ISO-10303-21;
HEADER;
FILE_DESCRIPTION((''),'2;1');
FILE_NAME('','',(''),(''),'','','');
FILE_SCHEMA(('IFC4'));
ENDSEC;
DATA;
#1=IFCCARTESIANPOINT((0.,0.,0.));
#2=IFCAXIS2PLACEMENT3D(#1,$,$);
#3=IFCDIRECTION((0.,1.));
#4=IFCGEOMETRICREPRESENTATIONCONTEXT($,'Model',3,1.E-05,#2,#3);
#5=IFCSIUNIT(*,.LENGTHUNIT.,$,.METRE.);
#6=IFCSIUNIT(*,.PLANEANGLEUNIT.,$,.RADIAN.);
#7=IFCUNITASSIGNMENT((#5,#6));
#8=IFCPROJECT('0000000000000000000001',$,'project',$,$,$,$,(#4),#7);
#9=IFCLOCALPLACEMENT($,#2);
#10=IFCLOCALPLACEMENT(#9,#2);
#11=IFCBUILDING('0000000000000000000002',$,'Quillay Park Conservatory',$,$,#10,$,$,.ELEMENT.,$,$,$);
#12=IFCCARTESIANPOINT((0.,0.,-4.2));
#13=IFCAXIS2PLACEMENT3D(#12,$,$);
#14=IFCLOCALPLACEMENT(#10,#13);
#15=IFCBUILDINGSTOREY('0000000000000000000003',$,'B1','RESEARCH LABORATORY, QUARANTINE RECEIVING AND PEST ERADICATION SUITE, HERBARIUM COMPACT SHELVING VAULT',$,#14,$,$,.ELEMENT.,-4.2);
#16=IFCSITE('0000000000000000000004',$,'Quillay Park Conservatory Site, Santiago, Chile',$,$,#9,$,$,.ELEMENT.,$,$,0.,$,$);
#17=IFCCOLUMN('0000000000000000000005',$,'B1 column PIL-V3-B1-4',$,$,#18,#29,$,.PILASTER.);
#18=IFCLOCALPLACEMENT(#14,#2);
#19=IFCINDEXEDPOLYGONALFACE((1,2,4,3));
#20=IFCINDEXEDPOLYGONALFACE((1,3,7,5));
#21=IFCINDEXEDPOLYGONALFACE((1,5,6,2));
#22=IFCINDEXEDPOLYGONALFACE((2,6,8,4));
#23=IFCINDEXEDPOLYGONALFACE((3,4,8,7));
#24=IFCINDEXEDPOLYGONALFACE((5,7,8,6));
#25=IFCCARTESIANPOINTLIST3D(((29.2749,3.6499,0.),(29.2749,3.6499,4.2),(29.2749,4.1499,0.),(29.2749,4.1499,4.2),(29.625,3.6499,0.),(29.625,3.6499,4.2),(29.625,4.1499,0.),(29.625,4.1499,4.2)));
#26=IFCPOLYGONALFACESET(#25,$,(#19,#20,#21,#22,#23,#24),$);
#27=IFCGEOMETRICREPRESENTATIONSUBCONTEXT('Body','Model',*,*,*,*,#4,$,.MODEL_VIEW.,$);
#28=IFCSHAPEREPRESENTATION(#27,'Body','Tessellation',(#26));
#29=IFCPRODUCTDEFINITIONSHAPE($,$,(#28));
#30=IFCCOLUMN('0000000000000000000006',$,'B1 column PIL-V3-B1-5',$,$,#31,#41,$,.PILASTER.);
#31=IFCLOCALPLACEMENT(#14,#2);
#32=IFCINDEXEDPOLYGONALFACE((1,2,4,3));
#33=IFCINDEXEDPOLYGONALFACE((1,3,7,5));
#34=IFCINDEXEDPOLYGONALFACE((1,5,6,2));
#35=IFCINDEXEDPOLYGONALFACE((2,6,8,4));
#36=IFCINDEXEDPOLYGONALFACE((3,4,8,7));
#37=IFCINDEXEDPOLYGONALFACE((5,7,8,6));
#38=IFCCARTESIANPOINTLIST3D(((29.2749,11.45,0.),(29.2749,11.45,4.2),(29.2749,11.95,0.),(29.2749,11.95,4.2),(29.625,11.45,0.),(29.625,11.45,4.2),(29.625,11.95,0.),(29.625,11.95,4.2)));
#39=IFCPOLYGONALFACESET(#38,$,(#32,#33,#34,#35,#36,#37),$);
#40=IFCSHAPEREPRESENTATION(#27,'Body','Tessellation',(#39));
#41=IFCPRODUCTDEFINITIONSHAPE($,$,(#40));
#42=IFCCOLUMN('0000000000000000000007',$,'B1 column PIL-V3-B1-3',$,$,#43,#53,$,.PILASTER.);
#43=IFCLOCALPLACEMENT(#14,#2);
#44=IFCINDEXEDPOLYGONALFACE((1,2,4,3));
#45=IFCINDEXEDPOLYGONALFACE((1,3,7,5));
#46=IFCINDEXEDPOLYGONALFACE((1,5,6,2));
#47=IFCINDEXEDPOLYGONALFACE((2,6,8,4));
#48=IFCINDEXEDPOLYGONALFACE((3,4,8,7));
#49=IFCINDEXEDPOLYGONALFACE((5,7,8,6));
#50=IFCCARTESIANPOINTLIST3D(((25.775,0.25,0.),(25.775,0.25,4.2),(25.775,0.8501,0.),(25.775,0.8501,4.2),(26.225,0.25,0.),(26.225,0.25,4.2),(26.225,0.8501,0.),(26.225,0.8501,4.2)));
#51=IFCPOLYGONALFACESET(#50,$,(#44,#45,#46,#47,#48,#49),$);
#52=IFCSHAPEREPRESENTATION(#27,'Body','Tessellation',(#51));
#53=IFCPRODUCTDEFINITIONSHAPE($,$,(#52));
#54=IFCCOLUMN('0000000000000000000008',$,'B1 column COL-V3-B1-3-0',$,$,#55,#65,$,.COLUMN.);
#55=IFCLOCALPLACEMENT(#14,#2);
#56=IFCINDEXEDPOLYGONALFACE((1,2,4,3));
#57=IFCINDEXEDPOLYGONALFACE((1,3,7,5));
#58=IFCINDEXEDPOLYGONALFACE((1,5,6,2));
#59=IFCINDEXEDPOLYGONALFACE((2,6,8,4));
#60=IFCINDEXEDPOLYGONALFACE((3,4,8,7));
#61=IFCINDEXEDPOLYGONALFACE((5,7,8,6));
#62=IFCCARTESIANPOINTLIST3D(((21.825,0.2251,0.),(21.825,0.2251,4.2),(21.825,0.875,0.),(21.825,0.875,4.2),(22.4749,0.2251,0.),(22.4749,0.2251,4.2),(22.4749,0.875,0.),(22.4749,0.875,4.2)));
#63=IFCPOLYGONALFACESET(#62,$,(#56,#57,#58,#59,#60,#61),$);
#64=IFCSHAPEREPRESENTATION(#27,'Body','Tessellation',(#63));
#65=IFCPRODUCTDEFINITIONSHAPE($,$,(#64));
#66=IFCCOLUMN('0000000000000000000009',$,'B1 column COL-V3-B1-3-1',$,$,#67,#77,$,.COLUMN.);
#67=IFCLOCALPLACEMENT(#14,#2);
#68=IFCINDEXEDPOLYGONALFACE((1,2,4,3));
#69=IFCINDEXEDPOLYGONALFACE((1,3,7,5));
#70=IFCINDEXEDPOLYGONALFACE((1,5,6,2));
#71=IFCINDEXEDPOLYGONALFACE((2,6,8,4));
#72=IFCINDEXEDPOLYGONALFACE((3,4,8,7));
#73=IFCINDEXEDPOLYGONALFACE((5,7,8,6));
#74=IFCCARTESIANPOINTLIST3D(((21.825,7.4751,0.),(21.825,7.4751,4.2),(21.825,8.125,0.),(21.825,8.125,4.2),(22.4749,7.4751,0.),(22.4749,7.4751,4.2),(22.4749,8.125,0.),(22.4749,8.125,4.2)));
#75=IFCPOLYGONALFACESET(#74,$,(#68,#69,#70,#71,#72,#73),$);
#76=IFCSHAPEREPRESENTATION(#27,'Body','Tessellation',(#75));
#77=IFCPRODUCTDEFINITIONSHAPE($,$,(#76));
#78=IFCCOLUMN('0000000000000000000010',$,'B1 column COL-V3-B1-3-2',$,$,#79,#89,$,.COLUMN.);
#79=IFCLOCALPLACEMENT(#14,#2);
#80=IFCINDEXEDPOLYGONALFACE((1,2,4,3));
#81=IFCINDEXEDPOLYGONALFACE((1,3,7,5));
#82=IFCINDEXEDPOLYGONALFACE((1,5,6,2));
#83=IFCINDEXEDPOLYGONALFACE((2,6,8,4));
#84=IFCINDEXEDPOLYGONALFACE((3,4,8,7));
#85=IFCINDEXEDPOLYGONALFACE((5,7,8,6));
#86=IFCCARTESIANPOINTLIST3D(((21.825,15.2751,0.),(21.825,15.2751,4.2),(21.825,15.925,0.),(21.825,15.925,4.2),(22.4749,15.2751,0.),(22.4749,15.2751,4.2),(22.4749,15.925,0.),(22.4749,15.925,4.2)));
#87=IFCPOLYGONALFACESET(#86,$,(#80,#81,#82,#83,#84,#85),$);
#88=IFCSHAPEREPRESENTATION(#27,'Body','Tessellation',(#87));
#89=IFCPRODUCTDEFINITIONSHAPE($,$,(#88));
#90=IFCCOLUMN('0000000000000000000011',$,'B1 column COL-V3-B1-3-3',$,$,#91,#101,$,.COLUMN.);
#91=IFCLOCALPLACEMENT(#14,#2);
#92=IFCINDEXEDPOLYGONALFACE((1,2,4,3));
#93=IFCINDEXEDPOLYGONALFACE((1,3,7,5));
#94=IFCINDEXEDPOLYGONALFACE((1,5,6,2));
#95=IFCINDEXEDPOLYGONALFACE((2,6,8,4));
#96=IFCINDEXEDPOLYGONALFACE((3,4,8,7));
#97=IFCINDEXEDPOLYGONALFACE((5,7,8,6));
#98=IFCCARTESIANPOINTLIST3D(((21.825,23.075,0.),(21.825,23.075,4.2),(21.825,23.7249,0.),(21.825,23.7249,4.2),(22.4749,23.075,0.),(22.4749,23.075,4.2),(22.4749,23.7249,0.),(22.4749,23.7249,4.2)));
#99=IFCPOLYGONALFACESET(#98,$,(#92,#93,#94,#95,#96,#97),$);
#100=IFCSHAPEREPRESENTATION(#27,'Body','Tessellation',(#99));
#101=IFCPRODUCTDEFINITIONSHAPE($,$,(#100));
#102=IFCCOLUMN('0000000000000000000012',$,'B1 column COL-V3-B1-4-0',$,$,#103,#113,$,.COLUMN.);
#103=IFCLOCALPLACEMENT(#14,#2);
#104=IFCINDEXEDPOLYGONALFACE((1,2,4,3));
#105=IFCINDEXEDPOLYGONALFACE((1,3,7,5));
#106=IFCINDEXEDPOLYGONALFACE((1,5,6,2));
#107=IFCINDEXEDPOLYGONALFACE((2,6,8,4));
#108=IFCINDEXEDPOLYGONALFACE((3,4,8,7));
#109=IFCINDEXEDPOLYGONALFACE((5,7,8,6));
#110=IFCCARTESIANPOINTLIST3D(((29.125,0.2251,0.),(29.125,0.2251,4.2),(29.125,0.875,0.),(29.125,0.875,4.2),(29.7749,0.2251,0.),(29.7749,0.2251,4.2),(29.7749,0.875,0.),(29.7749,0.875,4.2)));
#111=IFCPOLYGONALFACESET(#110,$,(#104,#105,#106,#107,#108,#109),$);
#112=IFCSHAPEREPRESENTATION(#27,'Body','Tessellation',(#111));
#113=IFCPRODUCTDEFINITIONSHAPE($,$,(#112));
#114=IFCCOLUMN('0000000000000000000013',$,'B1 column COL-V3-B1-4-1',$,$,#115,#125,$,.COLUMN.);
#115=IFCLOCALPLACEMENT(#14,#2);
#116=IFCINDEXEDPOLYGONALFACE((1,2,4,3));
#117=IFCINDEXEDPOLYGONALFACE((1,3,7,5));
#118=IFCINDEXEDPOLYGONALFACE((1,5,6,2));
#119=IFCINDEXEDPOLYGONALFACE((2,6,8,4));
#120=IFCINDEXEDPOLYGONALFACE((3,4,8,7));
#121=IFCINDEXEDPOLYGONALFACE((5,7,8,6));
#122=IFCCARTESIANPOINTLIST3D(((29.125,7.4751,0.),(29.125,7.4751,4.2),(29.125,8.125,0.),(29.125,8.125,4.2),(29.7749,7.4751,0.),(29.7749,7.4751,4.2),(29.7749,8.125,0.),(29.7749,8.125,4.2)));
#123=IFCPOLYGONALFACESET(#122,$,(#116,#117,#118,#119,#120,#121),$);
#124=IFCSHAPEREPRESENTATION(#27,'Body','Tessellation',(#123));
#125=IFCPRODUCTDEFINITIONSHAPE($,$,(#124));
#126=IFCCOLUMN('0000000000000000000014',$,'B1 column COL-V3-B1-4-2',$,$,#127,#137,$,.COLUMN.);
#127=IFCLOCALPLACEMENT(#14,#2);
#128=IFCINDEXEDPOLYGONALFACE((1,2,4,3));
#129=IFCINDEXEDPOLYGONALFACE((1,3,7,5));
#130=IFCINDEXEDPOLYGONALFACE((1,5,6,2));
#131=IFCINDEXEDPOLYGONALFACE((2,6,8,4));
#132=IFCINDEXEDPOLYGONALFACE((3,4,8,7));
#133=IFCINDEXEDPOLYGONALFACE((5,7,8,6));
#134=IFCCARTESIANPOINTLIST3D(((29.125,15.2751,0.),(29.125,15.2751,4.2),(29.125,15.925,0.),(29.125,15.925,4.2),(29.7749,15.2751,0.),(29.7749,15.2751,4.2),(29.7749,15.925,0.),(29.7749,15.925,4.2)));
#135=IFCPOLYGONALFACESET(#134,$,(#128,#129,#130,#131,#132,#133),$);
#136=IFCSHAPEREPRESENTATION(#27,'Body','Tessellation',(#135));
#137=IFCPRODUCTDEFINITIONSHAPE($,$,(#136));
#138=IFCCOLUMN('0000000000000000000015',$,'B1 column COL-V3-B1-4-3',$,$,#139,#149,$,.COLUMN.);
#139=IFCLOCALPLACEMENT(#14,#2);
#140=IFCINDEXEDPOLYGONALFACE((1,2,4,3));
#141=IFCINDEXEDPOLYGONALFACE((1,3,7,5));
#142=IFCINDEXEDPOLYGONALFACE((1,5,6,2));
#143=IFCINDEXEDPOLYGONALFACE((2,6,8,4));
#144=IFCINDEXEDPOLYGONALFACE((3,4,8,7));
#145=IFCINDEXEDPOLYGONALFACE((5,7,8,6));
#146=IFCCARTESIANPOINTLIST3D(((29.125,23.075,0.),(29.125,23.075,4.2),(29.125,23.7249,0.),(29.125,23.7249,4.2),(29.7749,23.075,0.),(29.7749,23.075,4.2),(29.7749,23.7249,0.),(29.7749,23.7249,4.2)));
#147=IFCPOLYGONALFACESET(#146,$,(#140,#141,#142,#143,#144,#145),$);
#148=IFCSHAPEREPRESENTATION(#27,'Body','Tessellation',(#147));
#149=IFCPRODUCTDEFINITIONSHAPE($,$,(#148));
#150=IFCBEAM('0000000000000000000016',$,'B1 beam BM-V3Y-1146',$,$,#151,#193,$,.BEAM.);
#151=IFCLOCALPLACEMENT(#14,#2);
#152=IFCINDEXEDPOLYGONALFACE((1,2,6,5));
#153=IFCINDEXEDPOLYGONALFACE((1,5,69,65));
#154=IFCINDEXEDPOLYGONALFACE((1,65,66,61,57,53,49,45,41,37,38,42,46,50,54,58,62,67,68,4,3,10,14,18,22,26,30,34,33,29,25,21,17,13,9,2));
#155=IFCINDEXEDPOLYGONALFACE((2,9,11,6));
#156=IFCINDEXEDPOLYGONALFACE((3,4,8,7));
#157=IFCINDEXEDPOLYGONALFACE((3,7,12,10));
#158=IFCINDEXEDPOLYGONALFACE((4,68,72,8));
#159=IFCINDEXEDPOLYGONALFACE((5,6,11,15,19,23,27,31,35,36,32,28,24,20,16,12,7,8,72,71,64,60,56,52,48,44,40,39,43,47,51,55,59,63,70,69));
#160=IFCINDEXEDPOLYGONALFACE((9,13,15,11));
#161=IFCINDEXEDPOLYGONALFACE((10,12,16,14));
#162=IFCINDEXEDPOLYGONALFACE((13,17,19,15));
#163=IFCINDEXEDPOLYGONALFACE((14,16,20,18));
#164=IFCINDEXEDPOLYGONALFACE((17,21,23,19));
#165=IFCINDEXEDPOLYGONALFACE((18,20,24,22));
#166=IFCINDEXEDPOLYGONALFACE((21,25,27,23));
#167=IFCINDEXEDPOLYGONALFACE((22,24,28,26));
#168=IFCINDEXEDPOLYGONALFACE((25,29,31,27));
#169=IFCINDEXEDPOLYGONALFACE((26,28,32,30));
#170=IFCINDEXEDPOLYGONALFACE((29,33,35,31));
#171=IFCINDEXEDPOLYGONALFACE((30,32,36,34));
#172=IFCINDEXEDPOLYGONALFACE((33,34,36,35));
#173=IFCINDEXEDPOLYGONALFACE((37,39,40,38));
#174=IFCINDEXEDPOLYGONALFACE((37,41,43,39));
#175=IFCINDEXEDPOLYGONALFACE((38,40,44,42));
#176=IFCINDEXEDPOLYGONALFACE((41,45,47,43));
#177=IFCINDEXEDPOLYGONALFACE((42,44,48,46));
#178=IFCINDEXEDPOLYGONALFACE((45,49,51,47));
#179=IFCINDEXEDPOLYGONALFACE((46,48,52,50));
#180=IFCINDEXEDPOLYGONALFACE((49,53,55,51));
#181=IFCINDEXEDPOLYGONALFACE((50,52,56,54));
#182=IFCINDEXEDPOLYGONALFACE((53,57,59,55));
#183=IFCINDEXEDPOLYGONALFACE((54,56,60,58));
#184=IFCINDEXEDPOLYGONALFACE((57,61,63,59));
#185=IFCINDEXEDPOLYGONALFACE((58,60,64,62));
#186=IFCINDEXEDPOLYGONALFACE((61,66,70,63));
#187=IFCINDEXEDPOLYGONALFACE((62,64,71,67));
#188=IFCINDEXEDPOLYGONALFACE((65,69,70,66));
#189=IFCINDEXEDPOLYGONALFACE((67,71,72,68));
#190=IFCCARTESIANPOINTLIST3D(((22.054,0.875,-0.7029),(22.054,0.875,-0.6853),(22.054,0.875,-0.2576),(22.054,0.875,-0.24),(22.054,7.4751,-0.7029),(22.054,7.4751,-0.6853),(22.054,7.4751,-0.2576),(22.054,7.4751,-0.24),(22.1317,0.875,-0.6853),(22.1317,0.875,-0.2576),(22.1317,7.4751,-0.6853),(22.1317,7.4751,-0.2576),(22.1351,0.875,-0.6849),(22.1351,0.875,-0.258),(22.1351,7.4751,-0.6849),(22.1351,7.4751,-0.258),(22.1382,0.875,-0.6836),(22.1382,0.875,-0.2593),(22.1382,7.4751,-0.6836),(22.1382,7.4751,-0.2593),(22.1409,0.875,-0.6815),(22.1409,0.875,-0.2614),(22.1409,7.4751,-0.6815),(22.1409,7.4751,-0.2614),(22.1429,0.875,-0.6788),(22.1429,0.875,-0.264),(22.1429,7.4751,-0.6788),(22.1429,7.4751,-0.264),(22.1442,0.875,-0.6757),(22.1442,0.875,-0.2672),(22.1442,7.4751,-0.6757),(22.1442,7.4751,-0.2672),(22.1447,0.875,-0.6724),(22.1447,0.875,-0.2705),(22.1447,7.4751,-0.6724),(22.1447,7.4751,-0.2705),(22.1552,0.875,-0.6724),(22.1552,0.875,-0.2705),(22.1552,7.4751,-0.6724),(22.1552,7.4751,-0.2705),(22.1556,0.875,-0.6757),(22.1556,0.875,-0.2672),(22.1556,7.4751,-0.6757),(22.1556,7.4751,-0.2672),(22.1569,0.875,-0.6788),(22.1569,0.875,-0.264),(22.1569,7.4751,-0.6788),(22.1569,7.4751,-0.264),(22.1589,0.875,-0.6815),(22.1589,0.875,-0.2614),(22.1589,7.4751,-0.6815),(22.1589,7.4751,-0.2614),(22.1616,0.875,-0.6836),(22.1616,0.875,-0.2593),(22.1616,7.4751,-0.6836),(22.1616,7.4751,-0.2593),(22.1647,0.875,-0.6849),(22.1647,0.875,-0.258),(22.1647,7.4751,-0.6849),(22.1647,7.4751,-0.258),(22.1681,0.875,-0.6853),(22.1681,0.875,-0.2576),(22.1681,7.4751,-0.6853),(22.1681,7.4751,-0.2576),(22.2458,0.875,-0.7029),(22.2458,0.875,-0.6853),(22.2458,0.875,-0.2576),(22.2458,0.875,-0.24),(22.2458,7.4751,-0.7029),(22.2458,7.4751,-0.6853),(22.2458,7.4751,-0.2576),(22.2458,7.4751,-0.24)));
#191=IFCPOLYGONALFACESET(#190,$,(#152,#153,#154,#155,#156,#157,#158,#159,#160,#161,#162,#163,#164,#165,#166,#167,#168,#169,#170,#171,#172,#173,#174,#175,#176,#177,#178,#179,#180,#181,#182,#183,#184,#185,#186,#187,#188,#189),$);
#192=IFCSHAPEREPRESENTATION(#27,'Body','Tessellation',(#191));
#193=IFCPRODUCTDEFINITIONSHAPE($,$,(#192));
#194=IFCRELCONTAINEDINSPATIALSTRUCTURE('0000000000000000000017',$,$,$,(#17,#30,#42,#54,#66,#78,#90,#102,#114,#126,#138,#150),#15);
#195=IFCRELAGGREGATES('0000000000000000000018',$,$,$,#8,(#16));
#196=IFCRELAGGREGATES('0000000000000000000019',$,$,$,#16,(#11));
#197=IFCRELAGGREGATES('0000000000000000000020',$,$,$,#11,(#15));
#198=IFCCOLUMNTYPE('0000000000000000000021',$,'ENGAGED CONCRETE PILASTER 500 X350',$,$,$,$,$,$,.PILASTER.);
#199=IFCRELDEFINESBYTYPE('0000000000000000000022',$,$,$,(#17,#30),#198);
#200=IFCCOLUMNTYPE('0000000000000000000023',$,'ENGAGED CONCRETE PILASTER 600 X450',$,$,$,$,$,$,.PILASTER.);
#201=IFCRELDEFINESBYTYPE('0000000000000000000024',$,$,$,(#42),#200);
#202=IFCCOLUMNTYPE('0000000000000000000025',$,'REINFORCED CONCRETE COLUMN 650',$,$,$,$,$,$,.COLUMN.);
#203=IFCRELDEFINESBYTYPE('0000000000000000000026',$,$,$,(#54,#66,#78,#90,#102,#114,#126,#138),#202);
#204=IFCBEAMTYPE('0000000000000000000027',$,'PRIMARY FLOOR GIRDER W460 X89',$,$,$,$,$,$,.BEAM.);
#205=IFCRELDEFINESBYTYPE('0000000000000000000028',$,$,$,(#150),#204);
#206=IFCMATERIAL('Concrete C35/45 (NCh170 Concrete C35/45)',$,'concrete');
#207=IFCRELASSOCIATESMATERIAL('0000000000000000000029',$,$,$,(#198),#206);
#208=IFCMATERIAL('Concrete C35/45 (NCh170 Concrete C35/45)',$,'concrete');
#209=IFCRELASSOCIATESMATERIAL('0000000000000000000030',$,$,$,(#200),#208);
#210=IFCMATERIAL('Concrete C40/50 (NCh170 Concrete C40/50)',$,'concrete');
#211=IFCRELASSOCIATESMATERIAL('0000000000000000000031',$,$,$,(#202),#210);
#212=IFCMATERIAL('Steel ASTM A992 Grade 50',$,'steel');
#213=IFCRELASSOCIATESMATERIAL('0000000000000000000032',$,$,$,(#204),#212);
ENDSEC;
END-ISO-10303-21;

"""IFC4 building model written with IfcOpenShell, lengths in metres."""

from ifc_helpers import new_model, si_unit, direction, frame, origin, origin_2d, place, context, subcontext, project, spatial, rectangle, i_section, extrude, material, material_profile, profile_set, type_object, element, save


model = new_model("IFC4")

# Units and contexts
model_context = context("Model", 3, precision=1e-05, world=origin(), true_north=direction((0.0, 1.0)))
body_context = subcontext(model_context, "Body", "Model", "MODEL_VIEW")
ifc_project = project(units=[si_unit("LENGTHUNIT", "METRE"), si_unit("PLANEANGLEUNIT", "RADIAN")], contexts=[model_context])

# Site, building, storey
site_placement = place(None, origin())
site = spatial("IfcSite", under=ifc_project, at=site_placement, Name="Quillay Park Conservatory Site, Santiago, Chile", CompositionType="ELEMENT", RefElevation=0.0)
building_placement = place(site_placement, origin())
building = spatial("IfcBuilding", under=site, at=building_placement, Name="Quillay Park Conservatory", CompositionType="ELEMENT")
storey_placement = place(building_placement, frame((0.0, 0.0, -4.2)))
storey = spatial("IfcBuildingStorey", under=building, at=storey_placement, Name="B1", Description="RESEARCH LABORATORY, QUARANTINE RECEIVING AND PEST ERADICATION SUITE, HERBARIUM COMPACT SHELVING VAULT", CompositionType="ELEMENT", Elevation=-4.2)

# Columns
ifc_material_1 = material(Name="Concrete C35/45 (NCh170 Concrete C35/45)", Category="concrete")
ifc_material_profile_1 = material_profile(ifc_material_1, rectangle(XDim=0.3501, YDim=0.5, at=origin_2d()), Name="RC500x350")
ifc_profile_set_1 = profile_set([ifc_material_profile_1], Name="Concrete C35/45 (NCh170 Concrete C35/45)")
column_type_1 = type_object("IfcColumnType", Name="ENGAGED CONCRETE PILASTER 500 X350", PredefinedType="PILASTER", material=ifc_profile_set_1)
for number, where, z_axis, x_axis, name in (
    (1, (29.45, 3.8999, 0.0), (0.0, 0.0, 1.0), (1.0, 0.0, 0.0), "B1 column PIL-V3-B1-4"),
    (2, (29.45, 11.7, 0.0), (0.0, 0.0, 1.0), (1.0, 0.0, 0.0), "B1 column PIL-V3-B1-5"),
):
    element("IfcColumn", number, at=place(storey_placement, frame(where, z_axis=z_axis, x_axis=x_axis)), inside=storey, type_object=column_type_1, Name=name, PredefinedType="PILASTER", context=body_context, shape_type="SweptSolid", body=[
        extrude(rectangle(XDim=0.3501, YDim=0.5, at=origin_2d()), origin(), (0.0, 0.0, 1.0), 4.2),
    ])
ifc_material_2 = material(Name="Concrete C35/45 (NCh170 Concrete C35/45)", Category="concrete")
ifc_material_profile_2 = material_profile(ifc_material_2, rectangle(XDim=0.45, YDim=0.6001, at=origin_2d()), Name="RC600x450")
ifc_profile_set_2 = profile_set([ifc_material_profile_2], Name="Concrete C35/45 (NCh170 Concrete C35/45)")
column_type_2 = type_object("IfcColumnType", Name="ENGAGED CONCRETE PILASTER 600 X450", PredefinedType="PILASTER", material=ifc_profile_set_2)
column_placement = place(storey_placement, frame((26.0, 0.55, 0.0), z_axis=(0.0, 0.0, 1.0), x_axis=(1.0, 0.0, 0.0)))
element("IfcColumn", 3, at=column_placement, inside=storey, type_object=column_type_2, Name="B1 column PIL-V3-B1-3", PredefinedType="PILASTER", context=body_context, shape_type="SweptSolid", body=[
    extrude(rectangle(XDim=0.45, YDim=0.6001, at=origin_2d()), origin(), (0.0, 0.0, 1.0), 4.2),
])
ifc_material_3 = material(Name="Concrete C40/50 (NCh170 Concrete C40/50)", Category="concrete")
ifc_material_profile_3 = material_profile(ifc_material_3, rectangle(XDim=0.6499, YDim=0.6499, at=origin_2d()), Name="RC650x650")
ifc_profile_set_3 = profile_set([ifc_material_profile_3], Name="Concrete C40/50 (NCh170 Concrete C40/50)")
column_type_3 = type_object("IfcColumnType", Name="REINFORCED CONCRETE COLUMN 650", PredefinedType="COLUMN", material=ifc_profile_set_3)
for number, where, z_axis, x_axis, name in (
    (4, (22.1499, 0.55, 0.0), (0.0, 0.0, 1.0), (1.0, 0.0, 0.0), "B1 column COL-V3-B1-3-0"),
    (5, (22.1499, 7.8, 0.0), (0.0, 0.0, 1.0), (1.0, 0.0, 0.0), "B1 column COL-V3-B1-3-1"),
    (6, (22.1499, 15.6001, 0.0), (0.0, 0.0, 1.0), (1.0, 0.0, 0.0), "B1 column COL-V3-B1-3-2"),
    (7, (22.1499, 23.3999, 0.0), (0.0, 0.0, 1.0), (1.0, 0.0, 0.0), "B1 column COL-V3-B1-3-3"),
    (8, (29.45, 0.55, 0.0), (0.0, 0.0, 1.0), (1.0, 0.0, 0.0), "B1 column COL-V3-B1-4-0"),
    (9, (29.45, 7.8, 0.0), (0.0, 0.0, 1.0), (1.0, 0.0, 0.0), "B1 column COL-V3-B1-4-1"),
    (10, (29.45, 15.6001, 0.0), (0.0, 0.0, 1.0), (1.0, 0.0, 0.0), "B1 column COL-V3-B1-4-2"),
    (11, (29.45, 23.3999, 0.0), (0.0, 0.0, 1.0), (1.0, 0.0, 0.0), "B1 column COL-V3-B1-4-3"),
):
    element("IfcColumn", number, at=place(storey_placement, frame(where, z_axis=z_axis, x_axis=x_axis)), inside=storey, type_object=column_type_3, Name=name, PredefinedType="COLUMN", context=body_context, shape_type="SweptSolid", body=[
        extrude(rectangle(XDim=0.6499, YDim=0.6499, at=origin_2d()), origin(), (0.0, 0.0, 1.0), 4.2),
    ])

# Beam
ifc_material_4 = material(Name="Steel ASTM A992 Grade 50", Category="steel")
ifc_material_profile_4 = material_profile(ifc_material_4, i_section(OverallWidth=0.1919, OverallDepth=0.4629, WebThickness=0.0105, FlangeThickness=0.0176, FilletRadius=0.0129, at=origin_2d()), Name="W460x89")
ifc_profile_set_4 = profile_set([ifc_material_profile_4], Name="Steel ASTM A992 Grade 50")
beam_type_1 = type_object("IfcBeamType", Name="PRIMARY FLOOR GIRDER W460 X89", PredefinedType="BEAM", material=ifc_profile_set_4)
beam_1_placement = place(storey_placement, frame((22.1499, 0.875, -0.4714), z_axis=(0.0, 1.0, 0.0), x_axis=(-1.0, 0.0, 0.0)))
element("IfcBeam", 12, at=beam_1_placement, inside=storey, type_object=beam_type_1, Name="B1 beam BM-V3Y-1146", PredefinedType="BEAM", context=body_context, shape_type="SweptSolid", body=[
    extrude(i_section(OverallWidth=0.1919, OverallDepth=0.4629, WebThickness=0.0105, FlangeThickness=0.0176, FilletRadius=0.0129, at=origin_2d()), origin(), (0.0, 0.0, 1.0), 6.6001),
])

save(model, "model.ifc")
